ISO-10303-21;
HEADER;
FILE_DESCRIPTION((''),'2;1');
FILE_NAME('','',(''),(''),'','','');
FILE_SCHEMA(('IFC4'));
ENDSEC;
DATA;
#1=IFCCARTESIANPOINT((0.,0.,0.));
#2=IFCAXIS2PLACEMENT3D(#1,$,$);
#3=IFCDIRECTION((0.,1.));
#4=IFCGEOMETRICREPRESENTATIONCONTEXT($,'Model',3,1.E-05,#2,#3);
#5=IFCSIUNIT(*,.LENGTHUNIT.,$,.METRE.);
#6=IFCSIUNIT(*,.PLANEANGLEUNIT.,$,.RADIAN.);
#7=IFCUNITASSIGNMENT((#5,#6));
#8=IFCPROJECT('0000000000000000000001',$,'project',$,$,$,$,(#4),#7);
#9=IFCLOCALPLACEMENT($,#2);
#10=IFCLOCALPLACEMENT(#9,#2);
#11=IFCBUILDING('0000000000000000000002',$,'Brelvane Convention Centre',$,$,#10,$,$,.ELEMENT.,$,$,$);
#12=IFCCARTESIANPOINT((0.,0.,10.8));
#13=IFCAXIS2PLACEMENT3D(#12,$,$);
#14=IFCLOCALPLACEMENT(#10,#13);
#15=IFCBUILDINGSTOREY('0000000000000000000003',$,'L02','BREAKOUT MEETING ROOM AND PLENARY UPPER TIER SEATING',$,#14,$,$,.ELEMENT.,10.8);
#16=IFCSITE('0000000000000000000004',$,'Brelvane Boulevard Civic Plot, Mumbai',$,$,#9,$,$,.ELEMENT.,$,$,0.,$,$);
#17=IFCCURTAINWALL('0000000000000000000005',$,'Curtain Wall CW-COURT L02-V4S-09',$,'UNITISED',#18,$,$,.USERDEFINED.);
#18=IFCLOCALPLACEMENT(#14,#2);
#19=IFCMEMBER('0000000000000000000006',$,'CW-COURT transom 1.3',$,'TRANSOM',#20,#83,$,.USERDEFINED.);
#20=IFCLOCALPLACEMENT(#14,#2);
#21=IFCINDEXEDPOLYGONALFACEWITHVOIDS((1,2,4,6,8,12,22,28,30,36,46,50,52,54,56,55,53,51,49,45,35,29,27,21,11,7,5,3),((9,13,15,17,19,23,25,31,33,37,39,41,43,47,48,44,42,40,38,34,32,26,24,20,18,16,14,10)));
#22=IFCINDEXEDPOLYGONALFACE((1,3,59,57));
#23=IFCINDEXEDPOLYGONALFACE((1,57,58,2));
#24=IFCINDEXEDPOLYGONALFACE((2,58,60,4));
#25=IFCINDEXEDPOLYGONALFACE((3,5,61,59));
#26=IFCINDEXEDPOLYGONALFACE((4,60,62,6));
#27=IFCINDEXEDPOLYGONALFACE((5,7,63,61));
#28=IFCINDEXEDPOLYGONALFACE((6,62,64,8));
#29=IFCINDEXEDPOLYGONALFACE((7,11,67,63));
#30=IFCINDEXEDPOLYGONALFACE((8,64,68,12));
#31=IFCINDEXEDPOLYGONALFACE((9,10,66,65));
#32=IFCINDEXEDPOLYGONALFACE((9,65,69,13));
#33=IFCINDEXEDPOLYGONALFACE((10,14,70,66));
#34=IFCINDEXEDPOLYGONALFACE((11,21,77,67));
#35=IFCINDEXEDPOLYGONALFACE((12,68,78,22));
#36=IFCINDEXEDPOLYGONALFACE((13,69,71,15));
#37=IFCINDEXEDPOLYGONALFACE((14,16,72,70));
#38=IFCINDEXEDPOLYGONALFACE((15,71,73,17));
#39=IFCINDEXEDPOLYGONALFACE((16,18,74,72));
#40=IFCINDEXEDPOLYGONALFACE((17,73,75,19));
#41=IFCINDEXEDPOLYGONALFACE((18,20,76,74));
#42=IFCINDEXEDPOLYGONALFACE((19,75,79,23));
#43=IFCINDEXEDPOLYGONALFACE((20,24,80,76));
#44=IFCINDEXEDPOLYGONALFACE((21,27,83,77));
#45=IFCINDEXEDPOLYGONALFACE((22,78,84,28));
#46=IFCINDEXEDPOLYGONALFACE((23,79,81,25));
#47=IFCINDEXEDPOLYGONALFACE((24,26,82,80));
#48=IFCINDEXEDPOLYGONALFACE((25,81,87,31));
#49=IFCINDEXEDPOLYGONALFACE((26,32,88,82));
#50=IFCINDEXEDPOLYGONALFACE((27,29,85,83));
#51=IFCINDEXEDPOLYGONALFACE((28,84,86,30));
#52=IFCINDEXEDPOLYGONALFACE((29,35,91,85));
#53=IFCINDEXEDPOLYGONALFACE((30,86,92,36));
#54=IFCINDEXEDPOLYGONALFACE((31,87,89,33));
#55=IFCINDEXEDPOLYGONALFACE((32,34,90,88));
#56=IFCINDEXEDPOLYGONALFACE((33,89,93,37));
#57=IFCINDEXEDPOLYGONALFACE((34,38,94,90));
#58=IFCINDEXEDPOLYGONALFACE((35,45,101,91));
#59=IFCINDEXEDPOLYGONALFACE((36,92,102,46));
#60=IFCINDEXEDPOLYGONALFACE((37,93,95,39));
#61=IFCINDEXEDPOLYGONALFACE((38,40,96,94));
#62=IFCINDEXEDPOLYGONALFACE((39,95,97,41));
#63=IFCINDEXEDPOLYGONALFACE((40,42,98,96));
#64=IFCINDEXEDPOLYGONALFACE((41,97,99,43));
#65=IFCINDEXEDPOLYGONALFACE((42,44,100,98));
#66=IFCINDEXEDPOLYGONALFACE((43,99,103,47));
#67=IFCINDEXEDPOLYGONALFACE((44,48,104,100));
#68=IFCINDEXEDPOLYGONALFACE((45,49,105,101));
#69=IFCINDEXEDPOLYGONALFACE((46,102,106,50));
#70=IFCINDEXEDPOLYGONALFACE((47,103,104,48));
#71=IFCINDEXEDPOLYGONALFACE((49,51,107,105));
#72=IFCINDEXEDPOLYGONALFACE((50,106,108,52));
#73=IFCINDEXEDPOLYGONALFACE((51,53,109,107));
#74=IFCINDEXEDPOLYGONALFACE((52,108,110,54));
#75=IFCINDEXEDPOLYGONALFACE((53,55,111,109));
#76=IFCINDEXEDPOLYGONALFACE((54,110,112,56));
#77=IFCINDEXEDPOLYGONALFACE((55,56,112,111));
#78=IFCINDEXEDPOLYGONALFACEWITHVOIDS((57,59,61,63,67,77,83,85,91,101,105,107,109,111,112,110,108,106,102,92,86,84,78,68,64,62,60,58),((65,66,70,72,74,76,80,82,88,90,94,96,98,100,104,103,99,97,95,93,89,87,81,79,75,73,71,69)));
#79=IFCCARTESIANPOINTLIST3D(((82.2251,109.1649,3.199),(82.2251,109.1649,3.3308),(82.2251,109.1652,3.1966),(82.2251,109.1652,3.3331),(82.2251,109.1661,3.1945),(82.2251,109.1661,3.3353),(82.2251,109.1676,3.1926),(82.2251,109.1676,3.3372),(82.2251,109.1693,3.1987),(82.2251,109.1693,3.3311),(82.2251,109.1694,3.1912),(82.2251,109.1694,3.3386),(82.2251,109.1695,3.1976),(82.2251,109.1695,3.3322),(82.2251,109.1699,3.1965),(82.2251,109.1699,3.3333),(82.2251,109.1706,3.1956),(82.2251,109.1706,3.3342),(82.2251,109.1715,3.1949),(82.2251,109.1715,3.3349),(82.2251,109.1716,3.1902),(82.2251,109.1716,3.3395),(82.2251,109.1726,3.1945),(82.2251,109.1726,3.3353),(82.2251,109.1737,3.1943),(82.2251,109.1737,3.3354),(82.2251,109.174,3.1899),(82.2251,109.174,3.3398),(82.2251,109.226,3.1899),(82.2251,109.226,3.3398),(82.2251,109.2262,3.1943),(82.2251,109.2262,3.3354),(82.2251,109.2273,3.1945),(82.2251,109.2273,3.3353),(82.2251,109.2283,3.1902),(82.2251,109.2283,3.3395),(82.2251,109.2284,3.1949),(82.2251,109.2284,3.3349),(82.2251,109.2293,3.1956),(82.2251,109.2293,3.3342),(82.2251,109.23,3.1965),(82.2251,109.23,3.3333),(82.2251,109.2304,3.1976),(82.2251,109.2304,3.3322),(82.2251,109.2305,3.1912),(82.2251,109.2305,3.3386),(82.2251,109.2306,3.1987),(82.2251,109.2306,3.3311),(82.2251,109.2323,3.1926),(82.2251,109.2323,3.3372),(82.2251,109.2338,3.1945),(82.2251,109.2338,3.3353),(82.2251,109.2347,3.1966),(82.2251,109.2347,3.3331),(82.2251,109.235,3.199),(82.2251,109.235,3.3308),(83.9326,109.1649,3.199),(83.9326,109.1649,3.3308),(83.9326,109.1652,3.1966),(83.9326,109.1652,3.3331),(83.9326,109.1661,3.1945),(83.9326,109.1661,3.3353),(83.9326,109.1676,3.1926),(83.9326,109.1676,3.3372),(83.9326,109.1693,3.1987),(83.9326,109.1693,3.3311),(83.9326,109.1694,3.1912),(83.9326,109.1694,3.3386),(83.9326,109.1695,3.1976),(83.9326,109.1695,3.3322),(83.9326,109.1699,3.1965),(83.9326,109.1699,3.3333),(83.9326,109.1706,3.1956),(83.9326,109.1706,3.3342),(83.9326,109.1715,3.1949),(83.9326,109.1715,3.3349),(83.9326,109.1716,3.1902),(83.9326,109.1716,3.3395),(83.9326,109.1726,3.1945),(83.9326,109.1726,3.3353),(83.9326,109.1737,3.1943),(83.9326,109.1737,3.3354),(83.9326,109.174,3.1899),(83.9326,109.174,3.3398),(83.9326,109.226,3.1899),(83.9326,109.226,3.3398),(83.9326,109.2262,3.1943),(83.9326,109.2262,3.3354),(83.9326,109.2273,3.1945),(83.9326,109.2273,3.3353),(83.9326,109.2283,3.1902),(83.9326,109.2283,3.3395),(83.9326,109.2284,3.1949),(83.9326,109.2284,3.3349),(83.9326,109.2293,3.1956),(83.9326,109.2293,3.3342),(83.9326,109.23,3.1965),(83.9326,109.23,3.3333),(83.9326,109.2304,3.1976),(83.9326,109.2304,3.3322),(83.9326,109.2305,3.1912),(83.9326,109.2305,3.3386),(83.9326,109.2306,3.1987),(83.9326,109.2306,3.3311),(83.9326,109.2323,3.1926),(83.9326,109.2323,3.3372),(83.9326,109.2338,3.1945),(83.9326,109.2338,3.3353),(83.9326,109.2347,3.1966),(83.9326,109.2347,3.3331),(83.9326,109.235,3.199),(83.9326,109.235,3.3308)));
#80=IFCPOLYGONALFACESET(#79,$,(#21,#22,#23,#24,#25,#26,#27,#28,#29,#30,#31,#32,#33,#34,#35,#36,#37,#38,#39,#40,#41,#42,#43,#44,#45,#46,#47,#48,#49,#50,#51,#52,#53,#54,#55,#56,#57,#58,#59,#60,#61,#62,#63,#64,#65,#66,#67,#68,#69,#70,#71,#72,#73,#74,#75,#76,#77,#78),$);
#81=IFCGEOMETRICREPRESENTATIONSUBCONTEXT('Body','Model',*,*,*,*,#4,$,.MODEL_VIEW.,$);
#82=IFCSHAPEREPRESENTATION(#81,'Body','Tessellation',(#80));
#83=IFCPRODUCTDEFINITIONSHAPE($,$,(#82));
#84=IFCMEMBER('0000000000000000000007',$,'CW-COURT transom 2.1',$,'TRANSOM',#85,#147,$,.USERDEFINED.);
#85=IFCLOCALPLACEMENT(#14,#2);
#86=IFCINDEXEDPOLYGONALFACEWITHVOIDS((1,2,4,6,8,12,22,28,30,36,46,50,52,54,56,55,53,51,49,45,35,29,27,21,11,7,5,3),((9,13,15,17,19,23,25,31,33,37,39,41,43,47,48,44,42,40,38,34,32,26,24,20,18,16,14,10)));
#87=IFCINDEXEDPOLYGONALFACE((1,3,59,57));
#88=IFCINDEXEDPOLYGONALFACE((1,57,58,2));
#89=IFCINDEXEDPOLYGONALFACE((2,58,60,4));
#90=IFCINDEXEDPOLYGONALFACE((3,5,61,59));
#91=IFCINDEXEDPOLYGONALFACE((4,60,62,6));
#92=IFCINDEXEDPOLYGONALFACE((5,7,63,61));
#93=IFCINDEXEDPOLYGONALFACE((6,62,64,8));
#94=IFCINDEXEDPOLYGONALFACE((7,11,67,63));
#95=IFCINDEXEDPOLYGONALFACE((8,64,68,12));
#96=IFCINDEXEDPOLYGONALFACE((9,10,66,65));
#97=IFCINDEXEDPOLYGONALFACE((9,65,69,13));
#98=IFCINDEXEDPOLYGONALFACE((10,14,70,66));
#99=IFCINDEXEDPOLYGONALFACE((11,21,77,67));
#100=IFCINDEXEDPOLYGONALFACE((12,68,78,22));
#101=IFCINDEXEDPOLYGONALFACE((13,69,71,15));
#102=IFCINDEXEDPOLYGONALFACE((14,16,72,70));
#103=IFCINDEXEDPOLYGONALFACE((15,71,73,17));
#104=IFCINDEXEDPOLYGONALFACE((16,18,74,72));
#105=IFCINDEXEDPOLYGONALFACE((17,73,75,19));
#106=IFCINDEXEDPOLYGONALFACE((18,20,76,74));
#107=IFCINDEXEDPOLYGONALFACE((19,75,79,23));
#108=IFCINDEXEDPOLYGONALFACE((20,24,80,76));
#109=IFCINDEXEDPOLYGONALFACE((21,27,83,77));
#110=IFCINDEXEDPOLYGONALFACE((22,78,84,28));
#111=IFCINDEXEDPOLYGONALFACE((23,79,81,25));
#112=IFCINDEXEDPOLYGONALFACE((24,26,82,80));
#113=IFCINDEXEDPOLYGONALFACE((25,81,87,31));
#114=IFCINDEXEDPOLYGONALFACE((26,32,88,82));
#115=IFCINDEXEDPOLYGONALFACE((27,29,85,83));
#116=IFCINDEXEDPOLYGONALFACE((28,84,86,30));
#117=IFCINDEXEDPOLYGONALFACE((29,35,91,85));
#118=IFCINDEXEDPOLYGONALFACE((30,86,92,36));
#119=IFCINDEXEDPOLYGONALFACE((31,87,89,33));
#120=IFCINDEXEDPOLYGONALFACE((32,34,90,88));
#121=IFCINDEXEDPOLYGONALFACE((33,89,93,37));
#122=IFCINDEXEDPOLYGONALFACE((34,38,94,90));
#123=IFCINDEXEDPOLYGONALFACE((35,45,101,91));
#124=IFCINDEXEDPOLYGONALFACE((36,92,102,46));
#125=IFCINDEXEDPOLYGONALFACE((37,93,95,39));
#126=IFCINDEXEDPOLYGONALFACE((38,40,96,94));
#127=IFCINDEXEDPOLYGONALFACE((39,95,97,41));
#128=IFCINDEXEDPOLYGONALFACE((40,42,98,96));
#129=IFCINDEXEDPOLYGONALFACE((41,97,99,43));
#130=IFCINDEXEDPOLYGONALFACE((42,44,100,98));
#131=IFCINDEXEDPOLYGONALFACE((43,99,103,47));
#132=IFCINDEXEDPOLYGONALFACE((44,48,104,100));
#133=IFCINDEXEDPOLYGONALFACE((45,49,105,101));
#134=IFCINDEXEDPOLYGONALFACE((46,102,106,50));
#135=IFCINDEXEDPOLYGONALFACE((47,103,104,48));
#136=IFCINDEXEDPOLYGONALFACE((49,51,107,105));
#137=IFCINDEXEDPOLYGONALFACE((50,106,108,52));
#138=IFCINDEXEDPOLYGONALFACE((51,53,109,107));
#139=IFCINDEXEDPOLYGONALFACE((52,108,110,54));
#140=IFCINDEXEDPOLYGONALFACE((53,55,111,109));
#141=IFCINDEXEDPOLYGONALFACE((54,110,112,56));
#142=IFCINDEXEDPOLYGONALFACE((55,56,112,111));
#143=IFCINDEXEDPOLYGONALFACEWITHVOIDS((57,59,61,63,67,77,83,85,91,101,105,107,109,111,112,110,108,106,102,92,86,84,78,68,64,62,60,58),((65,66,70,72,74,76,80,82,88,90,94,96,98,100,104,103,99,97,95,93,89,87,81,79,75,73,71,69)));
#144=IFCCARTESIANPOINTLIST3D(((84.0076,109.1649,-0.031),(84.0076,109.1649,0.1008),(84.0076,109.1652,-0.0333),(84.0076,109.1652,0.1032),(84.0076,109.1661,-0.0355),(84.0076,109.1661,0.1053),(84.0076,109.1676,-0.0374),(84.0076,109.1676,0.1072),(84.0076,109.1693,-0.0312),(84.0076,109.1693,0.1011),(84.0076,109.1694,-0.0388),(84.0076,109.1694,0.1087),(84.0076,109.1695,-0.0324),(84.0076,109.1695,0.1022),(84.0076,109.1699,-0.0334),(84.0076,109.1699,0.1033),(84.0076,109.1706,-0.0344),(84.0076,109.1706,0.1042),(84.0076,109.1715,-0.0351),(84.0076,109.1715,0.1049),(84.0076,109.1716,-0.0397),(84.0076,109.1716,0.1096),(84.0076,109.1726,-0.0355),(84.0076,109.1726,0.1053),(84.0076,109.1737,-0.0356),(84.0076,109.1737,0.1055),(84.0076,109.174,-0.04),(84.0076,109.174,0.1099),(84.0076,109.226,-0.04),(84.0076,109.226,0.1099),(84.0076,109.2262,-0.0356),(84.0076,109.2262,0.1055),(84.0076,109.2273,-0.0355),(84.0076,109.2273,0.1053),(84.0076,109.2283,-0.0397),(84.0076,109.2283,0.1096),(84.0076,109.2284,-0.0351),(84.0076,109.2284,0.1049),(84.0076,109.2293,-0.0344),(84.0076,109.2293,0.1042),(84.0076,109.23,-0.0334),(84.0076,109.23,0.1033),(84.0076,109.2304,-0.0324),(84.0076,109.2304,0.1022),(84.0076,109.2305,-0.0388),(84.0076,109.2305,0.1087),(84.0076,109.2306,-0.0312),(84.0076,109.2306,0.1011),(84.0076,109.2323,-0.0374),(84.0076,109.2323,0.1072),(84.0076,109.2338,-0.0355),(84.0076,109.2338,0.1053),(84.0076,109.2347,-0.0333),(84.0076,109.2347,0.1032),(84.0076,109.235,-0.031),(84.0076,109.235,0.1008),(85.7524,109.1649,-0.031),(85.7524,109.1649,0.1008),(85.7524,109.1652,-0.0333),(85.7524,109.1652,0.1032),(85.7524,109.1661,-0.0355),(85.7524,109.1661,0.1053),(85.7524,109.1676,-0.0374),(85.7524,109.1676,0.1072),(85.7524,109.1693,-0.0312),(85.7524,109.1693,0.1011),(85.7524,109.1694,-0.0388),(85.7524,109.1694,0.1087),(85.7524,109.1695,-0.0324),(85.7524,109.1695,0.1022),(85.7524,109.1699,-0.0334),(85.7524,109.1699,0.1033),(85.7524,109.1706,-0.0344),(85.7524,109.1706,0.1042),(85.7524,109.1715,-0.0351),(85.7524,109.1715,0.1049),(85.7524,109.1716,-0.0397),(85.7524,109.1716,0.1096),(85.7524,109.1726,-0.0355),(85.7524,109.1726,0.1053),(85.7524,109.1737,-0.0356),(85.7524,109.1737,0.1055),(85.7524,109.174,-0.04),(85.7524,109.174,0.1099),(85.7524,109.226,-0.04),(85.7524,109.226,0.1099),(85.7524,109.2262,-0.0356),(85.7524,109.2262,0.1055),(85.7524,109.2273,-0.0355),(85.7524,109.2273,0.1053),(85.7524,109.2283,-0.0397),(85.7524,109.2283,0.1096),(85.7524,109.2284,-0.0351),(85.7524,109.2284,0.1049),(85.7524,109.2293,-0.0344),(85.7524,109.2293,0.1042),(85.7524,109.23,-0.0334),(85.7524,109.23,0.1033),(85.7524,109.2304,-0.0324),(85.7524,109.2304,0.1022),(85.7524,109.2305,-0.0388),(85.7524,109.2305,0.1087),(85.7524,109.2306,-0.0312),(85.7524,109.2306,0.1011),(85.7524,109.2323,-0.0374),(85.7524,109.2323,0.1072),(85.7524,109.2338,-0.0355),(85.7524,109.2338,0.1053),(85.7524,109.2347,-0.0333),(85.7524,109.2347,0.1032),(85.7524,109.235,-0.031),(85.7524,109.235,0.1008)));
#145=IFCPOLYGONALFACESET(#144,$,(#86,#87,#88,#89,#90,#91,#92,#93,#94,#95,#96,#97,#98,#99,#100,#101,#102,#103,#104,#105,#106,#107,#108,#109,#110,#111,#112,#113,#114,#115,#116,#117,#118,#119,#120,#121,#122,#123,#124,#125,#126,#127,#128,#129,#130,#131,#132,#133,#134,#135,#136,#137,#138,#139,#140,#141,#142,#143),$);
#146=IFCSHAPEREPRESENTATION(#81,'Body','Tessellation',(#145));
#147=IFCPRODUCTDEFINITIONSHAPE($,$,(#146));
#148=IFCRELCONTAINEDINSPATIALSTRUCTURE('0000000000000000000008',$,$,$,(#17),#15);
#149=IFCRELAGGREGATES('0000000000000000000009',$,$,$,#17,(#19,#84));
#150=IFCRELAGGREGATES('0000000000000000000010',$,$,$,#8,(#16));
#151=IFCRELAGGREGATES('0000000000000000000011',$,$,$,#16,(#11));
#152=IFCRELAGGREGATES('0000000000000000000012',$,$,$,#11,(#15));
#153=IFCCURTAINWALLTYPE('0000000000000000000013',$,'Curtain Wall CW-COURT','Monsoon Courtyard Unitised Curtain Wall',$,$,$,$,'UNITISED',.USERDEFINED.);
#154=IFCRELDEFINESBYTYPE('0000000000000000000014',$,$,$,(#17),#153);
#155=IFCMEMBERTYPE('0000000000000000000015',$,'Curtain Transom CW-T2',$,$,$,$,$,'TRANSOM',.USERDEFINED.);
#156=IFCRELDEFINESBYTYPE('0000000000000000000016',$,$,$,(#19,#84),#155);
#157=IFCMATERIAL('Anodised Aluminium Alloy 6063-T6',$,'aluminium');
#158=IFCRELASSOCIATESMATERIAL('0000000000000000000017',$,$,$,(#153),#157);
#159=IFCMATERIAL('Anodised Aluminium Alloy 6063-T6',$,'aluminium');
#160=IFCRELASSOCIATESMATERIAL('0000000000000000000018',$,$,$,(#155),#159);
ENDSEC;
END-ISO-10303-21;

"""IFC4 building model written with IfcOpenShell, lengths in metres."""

from ifc_helpers import new_model, si_unit, direction, frame, origin, origin_2d, place, context, subcontext, project, spatial, hollow_rectangle, extrude, material, material_profile, profile_set, type_object, element, aggregate, save


model = new_model("IFC4")

# Units and contexts
model_context = context("Model", 3, precision=1e-05, world=origin(), true_north=direction((0.0, 1.0)))
body_context = subcontext(model_context, "Body", "Model", "MODEL_VIEW")
ifc_project = project(units=[si_unit("LENGTHUNIT", "METRE"), si_unit("PLANEANGLEUNIT", "RADIAN")], contexts=[model_context])

# Site, building, storey
site_placement = place(None, origin())
site = spatial("IfcSite", under=ifc_project, at=site_placement, Name="Brelvane Boulevard Civic Plot, Mumbai", CompositionType="ELEMENT", RefElevation=0.0)
building_placement = place(site_placement, origin())
building = spatial("IfcBuilding", under=site, at=building_placement, Name="Brelvane Convention Centre", CompositionType="ELEMENT")
storey_placement = place(building_placement, frame((0.0, 0.0, 10.8)))
storey = spatial("IfcBuildingStorey", under=building, at=storey_placement, Name="L02", Description="BREAKOUT MEETING ROOM AND PLENARY UPPER TIER SEATING", CompositionType="ELEMENT", Elevation=10.8)

# Curtain wall, members
ifc_material_1 = material(Name="Anodised Aluminium Alloy 6063-T6", Category="aluminium")
curtain_wall_type = type_object("IfcCurtainWallType", Name="Curtain Wall CW-COURT", Description="Monsoon Courtyard Unitised Curtain Wall", ElementType="UNITISED", PredefinedType="USERDEFINED", material=ifc_material_1)
curtain_wall_placement = place(storey_placement, origin())
curtain_wall = element("IfcCurtainWall", 1, at=curtain_wall_placement, inside=storey, type_object=curtain_wall_type, Name="Curtain Wall CW-COURT L02-V4S-09", ObjectType="UNITISED", PredefinedType="USERDEFINED")
ifc_material_2 = material(Name="Anodised Aluminium Alloy 6063-T6", Category="aluminium")
ifc_material_profile_1 = material_profile(ifc_material_2, hollow_rectangle(XDim=0.0701, YDim=0.1499, WallThickness=0.0044, InnerFilletRadius=0.0044, OuterFilletRadius=0.009, at=origin_2d()), Name="ALU-T 150x70x4.5")
ifc_profile_set_1 = profile_set([ifc_material_profile_1], Name="Anodised Aluminium Alloy 6063-T6")
member_type_1 = type_object("IfcMemberType", Name="Curtain Transom CW-T2", ElementType="TRANSOM", PredefinedType="USERDEFINED", material=ifc_profile_set_1)
member_1_placement = place(storey_placement, frame((82.2251, 109.2, 3.2649), z_axis=(1.0, 0.0, 0.0), x_axis=(0.0, 1.0, 0.0)))
member_1 = element("IfcMember", 2, at=member_1_placement, type_object=member_type_1, Name="CW-COURT transom 1.3", ObjectType="TRANSOM", PredefinedType="USERDEFINED", context=body_context, shape_type="SweptSolid", body=[
    extrude(hollow_rectangle(XDim=0.0701, YDim=0.1499, WallThickness=0.0044, InnerFilletRadius=0.0044, OuterFilletRadius=0.009, at=origin_2d()), origin(), (0.0, 0.0, 1.0), 1.7075),
])
member_2_placement = place(storey_placement, frame((84.0076, 109.2, 0.0349), z_axis=(1.0, 0.0, 0.0), x_axis=(0.0, 1.0, 0.0)))
member_2 = element("IfcMember", 3, at=member_2_placement, type_object=member_type_1, Name="CW-COURT transom 2.1", ObjectType="TRANSOM", PredefinedType="USERDEFINED", context=body_context, shape_type="SweptSolid", body=[
    extrude(hollow_rectangle(XDim=0.0701, YDim=0.1499, WallThickness=0.0044, InnerFilletRadius=0.0044, OuterFilletRadius=0.009, at=origin_2d()), origin(), (0.0, 0.0, 1.0), 1.7449),
])

aggregate(curtain_wall, [member_1, member_2])

save(model, "model.ifc")
